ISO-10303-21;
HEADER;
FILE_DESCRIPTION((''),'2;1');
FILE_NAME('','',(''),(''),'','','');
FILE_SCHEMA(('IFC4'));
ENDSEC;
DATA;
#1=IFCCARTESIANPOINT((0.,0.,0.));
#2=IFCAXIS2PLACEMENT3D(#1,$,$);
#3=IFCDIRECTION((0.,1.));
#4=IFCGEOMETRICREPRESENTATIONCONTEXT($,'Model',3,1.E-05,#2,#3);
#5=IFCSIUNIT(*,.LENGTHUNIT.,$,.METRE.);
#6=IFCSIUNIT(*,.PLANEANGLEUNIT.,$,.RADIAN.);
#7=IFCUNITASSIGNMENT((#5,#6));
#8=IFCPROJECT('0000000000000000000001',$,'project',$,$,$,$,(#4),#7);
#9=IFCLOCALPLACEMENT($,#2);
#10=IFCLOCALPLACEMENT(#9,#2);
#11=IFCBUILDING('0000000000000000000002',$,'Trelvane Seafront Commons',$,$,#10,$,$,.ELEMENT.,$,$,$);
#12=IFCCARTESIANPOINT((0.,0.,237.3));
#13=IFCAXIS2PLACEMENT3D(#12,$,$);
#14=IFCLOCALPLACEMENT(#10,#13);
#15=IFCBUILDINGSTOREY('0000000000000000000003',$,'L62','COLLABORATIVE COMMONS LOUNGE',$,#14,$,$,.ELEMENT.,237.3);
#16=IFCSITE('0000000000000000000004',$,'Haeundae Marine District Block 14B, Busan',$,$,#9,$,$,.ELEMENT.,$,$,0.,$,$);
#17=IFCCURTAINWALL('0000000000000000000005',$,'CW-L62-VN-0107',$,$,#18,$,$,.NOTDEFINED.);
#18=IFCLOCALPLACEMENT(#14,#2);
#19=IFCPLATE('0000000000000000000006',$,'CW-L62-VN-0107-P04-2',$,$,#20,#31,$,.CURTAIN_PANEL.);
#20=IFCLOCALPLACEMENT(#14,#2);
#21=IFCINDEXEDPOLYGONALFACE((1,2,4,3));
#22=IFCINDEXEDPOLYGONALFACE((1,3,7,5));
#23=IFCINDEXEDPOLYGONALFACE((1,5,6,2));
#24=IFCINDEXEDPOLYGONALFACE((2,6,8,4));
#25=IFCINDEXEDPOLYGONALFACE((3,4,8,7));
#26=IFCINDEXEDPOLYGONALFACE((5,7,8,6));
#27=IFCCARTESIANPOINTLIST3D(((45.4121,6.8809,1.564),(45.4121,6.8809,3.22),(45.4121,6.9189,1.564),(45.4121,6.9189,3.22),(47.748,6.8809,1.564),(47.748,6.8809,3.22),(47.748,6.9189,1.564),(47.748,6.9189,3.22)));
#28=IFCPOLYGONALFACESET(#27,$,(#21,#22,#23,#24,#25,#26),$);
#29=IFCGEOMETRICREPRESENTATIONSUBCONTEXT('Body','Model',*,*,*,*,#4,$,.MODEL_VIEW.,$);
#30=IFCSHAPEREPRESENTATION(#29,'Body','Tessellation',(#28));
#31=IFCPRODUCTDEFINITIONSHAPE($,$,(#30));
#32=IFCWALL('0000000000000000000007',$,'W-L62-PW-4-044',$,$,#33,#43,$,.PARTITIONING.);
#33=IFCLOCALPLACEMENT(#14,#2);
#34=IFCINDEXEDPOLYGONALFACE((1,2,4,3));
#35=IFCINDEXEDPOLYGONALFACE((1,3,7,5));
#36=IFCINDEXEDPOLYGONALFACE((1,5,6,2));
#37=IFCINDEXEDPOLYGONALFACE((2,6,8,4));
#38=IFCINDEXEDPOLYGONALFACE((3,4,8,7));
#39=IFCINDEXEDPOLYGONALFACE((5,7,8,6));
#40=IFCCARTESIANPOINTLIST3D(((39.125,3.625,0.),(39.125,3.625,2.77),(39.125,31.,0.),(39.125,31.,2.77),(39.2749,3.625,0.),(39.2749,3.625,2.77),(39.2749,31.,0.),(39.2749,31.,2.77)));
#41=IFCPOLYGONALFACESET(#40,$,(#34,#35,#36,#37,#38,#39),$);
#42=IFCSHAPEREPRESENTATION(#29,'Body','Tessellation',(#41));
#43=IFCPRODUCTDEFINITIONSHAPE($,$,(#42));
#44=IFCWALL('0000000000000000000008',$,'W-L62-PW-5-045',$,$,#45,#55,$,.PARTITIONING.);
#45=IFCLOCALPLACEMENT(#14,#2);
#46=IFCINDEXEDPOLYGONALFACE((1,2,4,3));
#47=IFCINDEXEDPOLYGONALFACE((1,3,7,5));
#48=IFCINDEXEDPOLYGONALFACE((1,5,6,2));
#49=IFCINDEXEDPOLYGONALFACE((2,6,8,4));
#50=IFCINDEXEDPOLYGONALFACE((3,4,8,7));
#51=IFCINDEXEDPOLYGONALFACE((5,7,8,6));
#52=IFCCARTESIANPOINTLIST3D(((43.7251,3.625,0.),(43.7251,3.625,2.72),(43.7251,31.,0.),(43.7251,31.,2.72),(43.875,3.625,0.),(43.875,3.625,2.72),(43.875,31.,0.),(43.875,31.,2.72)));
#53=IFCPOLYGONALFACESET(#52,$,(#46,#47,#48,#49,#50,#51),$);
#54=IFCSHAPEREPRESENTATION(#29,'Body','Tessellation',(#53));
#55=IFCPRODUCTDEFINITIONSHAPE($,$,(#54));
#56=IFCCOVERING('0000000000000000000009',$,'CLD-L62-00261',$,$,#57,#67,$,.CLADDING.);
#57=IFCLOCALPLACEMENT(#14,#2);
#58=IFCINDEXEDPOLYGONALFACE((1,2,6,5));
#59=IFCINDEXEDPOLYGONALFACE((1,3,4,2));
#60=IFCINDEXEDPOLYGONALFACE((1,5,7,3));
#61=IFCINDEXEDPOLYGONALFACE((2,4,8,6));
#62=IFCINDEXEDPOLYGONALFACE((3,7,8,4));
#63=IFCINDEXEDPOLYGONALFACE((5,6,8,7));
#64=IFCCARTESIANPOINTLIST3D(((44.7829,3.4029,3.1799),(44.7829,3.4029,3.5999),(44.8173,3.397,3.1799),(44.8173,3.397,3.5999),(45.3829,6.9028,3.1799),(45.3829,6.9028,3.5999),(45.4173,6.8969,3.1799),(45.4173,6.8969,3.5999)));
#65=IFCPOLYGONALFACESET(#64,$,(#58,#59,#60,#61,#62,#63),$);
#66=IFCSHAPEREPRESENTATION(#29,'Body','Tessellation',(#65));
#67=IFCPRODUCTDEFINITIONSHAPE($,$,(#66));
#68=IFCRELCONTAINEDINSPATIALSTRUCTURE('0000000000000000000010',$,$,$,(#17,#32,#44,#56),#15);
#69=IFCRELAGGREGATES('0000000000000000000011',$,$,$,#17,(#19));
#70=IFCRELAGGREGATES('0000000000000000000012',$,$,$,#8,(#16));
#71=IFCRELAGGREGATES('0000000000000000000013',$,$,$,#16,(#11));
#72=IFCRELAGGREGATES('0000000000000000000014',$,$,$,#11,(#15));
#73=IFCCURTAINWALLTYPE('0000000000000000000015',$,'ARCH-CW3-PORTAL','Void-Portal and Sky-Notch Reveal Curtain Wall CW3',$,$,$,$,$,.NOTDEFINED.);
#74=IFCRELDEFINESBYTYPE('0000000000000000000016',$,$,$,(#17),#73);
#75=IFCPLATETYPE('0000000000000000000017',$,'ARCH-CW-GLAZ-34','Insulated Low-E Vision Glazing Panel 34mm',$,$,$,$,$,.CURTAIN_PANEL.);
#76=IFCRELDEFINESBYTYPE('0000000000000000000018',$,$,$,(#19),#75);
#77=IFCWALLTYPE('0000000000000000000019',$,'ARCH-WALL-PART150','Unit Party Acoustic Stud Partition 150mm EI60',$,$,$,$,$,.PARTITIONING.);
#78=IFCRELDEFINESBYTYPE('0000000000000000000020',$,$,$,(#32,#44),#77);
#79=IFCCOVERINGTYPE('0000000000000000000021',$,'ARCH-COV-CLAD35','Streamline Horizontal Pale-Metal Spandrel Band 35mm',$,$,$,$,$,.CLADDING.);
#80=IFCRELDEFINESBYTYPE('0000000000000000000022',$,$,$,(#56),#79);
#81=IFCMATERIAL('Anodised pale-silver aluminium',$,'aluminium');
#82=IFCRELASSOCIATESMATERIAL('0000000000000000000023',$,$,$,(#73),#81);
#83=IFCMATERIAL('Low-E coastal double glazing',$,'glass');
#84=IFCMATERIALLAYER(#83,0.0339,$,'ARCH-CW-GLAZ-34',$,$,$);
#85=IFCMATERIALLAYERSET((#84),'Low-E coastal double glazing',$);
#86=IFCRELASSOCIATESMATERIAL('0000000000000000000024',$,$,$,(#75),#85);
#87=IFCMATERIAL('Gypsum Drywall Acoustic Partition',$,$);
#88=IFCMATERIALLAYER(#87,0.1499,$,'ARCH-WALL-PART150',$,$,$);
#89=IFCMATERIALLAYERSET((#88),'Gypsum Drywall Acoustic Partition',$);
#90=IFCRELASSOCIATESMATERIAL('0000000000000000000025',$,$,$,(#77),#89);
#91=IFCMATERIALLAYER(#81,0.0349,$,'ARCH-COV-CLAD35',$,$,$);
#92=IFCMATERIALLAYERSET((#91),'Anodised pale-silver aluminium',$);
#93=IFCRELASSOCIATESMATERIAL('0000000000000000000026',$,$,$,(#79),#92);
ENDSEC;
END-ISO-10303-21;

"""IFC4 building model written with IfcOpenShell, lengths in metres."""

from ifc_helpers import new_model, si_unit, direction, frame, frame_2d, origin, origin_2d, place, context, subcontext, project, spatial, rectangle, extrude, source, transform, mapped, material, layer, layer_set, type_object, element, aggregate, save


model = new_model("IFC4")

# Units and contexts
model_context = context("Model", 3, precision=1e-05, world=origin(), true_north=direction((0.0, 1.0)))
body_context = subcontext(model_context, "Body", "Model", "MODEL_VIEW")
ifc_project = project(units=[si_unit("LENGTHUNIT", "METRE"), si_unit("PLANEANGLEUNIT", "RADIAN")], contexts=[model_context])

# Site, building, storey
site_placement = place(None, origin())
site = spatial("IfcSite", under=ifc_project, at=site_placement, Name="Haeundae Marine District Block 14B, Busan", CompositionType="ELEMENT", RefElevation=0.0)
building_placement = place(site_placement, origin())
building = spatial("IfcBuilding", under=site, at=building_placement, Name="Trelvane Seafront Commons", CompositionType="ELEMENT")
storey_placement = place(building_placement, frame((0.0, 0.0, 237.3)))
storey = spatial("IfcBuildingStorey", under=building, at=storey_placement, Name="L62", Description="COLLABORATIVE COMMONS LOUNGE", CompositionType="ELEMENT", Elevation=237.3)

# Curtain wall
ifc_material_1 = material(Name="Anodised pale-silver aluminium", Category="aluminium")
curtain_wall_type = type_object("IfcCurtainWallType", Name="ARCH-CW3-PORTAL", Description="Void-Portal and Sky-Notch Reveal Curtain Wall CW3", PredefinedType="NOTDEFINED", material=ifc_material_1)
curtain_wall_placement = place(storey_placement, origin())
curtain_wall = element("IfcCurtainWall", 1, at=curtain_wall_placement, inside=storey, type_object=curtain_wall_type, Name="CW-L62-VN-0107", PredefinedType="NOTDEFINED")

# Plate
ifc_material_2 = material(Name="Low-E coastal double glazing", Category="glass")
ifc_layer_1 = layer(ifc_material_2, 0.0339, Name="ARCH-CW-GLAZ-34")
ifc_layer_set_1 = layer_set([ifc_layer_1], Name="Low-E coastal double glazing")
plate_type_1 = type_object("IfcPlateType", Name="ARCH-CW-GLAZ-34", Description="Insulated Low-E Vision Glazing Panel 34mm", PredefinedType="CURTAIN_PANEL", material=ifc_layer_set_1)
shared_shape_1 = source(origin(), body_context, "Body", "SweptSolid", [
    extrude(rectangle(XDim=2.3359, YDim=0.0381, at=origin_2d()), origin(), (0.0, 0.0, 1.0), 1.656),
])
plate_1_placement = place(storey_placement, frame((46.5801, 6.8999, 1.564), z_axis=(0.0, 0.0, 1.0), x_axis=(-1.0, 0.0, 0.0)))
plate_1 = element("IfcPlate", 2, at=plate_1_placement, type_object=plate_type_1, Name="CW-L62-VN-0107-P04-2", PredefinedType="CURTAIN_PANEL", context=body_context, shape_type="MappedRepresentation", body=[
    mapped(shared_shape_1, transform((0.0, 0.0, 0.0), x_axis=(1.0, 0.0, 0.0), y_axis=(0.0, 1.0, 0.0), z_axis=(0.0, 0.0, 1.0), scale=1.0)),
])
aggregate(curtain_wall, [plate_1])

# Walls
ifc_material_3 = material(Name="Gypsum Drywall Acoustic Partition")
ifc_layer_2 = layer(ifc_material_3, 0.1499, Name="ARCH-WALL-PART150")
ifc_layer_set_2 = layer_set([ifc_layer_2], Name="Gypsum Drywall Acoustic Partition")
wall_type_1 = type_object("IfcWallType", Name="ARCH-WALL-PART150", Description="Unit Party Acoustic Stud Partition 150mm EI60", PredefinedType="PARTITIONING", material=ifc_layer_set_2)
wall_1_placement = place(storey_placement, frame((39.2, 3.625, 0.0), z_axis=(0.0, 0.0, 1.0), x_axis=(0.0, 1.0, 0.0)))
element("IfcWall", 3, at=wall_1_placement, inside=storey, type_object=wall_type_1, Name="W-L62-PW-4-044", PredefinedType="PARTITIONING", context=body_context, shape_type="SweptSolid", body=[
    extrude(rectangle(XDim=27.375, YDim=0.1499, at=frame_2d((13.6875, 0.0))), origin(), (0.0, 0.0, 1.0), 2.77),
])
wall_2_placement = place(storey_placement, frame((43.8, 3.625, 0.0), z_axis=(0.0, 0.0, 1.0), x_axis=(0.0, 1.0, 0.0)))
element("IfcWall", 4, at=wall_2_placement, inside=storey, type_object=wall_type_1, Name="W-L62-PW-5-045", PredefinedType="PARTITIONING", context=body_context, shape_type="SweptSolid", body=[
    extrude(rectangle(XDim=27.375, YDim=0.1499, at=frame_2d((13.6875, 0.0))), origin(), (0.0, 0.0, 1.0), 2.72),
])

# Covering
ifc_layer_3 = layer(ifc_material_1, 0.0349, Name="ARCH-COV-CLAD35")
ifc_layer_set_3 = layer_set([ifc_layer_3], Name="Anodised pale-silver aluminium")
covering_type = type_object("IfcCoveringType", Name="ARCH-COV-CLAD35", Description="Streamline Horizontal Pale-Metal Spandrel Band 35mm", PredefinedType="CLADDING", material=ifc_layer_set_3)
shared_shape_2 = source(origin(), body_context, "Body", "SweptSolid", [
    extrude(rectangle(XDim=3.551, YDim=0.0349, at=origin_2d()), origin(), (0.0, 0.0, 1.0), 0.4199),
])
covering_placement = place(storey_placement, frame((45.1001, 5.1499, 3.1799), z_axis=(0.0, 0.0, 1.0), x_axis=(-0.168964, -0.985622, 0.0)))
element("IfcCovering", 5, at=covering_placement, inside=storey, type_object=covering_type, Name="CLD-L62-00261", PredefinedType="CLADDING", context=body_context, shape_type="MappedRepresentation", body=[
    mapped(shared_shape_2, transform((0.0, 0.0, 0.0), x_axis=(1.0, 0.0, 0.0), y_axis=(0.0, 1.0, 0.0), z_axis=(0.0, 0.0, 1.0), scale=1.0)),
])

save(model, "model.ifc")
